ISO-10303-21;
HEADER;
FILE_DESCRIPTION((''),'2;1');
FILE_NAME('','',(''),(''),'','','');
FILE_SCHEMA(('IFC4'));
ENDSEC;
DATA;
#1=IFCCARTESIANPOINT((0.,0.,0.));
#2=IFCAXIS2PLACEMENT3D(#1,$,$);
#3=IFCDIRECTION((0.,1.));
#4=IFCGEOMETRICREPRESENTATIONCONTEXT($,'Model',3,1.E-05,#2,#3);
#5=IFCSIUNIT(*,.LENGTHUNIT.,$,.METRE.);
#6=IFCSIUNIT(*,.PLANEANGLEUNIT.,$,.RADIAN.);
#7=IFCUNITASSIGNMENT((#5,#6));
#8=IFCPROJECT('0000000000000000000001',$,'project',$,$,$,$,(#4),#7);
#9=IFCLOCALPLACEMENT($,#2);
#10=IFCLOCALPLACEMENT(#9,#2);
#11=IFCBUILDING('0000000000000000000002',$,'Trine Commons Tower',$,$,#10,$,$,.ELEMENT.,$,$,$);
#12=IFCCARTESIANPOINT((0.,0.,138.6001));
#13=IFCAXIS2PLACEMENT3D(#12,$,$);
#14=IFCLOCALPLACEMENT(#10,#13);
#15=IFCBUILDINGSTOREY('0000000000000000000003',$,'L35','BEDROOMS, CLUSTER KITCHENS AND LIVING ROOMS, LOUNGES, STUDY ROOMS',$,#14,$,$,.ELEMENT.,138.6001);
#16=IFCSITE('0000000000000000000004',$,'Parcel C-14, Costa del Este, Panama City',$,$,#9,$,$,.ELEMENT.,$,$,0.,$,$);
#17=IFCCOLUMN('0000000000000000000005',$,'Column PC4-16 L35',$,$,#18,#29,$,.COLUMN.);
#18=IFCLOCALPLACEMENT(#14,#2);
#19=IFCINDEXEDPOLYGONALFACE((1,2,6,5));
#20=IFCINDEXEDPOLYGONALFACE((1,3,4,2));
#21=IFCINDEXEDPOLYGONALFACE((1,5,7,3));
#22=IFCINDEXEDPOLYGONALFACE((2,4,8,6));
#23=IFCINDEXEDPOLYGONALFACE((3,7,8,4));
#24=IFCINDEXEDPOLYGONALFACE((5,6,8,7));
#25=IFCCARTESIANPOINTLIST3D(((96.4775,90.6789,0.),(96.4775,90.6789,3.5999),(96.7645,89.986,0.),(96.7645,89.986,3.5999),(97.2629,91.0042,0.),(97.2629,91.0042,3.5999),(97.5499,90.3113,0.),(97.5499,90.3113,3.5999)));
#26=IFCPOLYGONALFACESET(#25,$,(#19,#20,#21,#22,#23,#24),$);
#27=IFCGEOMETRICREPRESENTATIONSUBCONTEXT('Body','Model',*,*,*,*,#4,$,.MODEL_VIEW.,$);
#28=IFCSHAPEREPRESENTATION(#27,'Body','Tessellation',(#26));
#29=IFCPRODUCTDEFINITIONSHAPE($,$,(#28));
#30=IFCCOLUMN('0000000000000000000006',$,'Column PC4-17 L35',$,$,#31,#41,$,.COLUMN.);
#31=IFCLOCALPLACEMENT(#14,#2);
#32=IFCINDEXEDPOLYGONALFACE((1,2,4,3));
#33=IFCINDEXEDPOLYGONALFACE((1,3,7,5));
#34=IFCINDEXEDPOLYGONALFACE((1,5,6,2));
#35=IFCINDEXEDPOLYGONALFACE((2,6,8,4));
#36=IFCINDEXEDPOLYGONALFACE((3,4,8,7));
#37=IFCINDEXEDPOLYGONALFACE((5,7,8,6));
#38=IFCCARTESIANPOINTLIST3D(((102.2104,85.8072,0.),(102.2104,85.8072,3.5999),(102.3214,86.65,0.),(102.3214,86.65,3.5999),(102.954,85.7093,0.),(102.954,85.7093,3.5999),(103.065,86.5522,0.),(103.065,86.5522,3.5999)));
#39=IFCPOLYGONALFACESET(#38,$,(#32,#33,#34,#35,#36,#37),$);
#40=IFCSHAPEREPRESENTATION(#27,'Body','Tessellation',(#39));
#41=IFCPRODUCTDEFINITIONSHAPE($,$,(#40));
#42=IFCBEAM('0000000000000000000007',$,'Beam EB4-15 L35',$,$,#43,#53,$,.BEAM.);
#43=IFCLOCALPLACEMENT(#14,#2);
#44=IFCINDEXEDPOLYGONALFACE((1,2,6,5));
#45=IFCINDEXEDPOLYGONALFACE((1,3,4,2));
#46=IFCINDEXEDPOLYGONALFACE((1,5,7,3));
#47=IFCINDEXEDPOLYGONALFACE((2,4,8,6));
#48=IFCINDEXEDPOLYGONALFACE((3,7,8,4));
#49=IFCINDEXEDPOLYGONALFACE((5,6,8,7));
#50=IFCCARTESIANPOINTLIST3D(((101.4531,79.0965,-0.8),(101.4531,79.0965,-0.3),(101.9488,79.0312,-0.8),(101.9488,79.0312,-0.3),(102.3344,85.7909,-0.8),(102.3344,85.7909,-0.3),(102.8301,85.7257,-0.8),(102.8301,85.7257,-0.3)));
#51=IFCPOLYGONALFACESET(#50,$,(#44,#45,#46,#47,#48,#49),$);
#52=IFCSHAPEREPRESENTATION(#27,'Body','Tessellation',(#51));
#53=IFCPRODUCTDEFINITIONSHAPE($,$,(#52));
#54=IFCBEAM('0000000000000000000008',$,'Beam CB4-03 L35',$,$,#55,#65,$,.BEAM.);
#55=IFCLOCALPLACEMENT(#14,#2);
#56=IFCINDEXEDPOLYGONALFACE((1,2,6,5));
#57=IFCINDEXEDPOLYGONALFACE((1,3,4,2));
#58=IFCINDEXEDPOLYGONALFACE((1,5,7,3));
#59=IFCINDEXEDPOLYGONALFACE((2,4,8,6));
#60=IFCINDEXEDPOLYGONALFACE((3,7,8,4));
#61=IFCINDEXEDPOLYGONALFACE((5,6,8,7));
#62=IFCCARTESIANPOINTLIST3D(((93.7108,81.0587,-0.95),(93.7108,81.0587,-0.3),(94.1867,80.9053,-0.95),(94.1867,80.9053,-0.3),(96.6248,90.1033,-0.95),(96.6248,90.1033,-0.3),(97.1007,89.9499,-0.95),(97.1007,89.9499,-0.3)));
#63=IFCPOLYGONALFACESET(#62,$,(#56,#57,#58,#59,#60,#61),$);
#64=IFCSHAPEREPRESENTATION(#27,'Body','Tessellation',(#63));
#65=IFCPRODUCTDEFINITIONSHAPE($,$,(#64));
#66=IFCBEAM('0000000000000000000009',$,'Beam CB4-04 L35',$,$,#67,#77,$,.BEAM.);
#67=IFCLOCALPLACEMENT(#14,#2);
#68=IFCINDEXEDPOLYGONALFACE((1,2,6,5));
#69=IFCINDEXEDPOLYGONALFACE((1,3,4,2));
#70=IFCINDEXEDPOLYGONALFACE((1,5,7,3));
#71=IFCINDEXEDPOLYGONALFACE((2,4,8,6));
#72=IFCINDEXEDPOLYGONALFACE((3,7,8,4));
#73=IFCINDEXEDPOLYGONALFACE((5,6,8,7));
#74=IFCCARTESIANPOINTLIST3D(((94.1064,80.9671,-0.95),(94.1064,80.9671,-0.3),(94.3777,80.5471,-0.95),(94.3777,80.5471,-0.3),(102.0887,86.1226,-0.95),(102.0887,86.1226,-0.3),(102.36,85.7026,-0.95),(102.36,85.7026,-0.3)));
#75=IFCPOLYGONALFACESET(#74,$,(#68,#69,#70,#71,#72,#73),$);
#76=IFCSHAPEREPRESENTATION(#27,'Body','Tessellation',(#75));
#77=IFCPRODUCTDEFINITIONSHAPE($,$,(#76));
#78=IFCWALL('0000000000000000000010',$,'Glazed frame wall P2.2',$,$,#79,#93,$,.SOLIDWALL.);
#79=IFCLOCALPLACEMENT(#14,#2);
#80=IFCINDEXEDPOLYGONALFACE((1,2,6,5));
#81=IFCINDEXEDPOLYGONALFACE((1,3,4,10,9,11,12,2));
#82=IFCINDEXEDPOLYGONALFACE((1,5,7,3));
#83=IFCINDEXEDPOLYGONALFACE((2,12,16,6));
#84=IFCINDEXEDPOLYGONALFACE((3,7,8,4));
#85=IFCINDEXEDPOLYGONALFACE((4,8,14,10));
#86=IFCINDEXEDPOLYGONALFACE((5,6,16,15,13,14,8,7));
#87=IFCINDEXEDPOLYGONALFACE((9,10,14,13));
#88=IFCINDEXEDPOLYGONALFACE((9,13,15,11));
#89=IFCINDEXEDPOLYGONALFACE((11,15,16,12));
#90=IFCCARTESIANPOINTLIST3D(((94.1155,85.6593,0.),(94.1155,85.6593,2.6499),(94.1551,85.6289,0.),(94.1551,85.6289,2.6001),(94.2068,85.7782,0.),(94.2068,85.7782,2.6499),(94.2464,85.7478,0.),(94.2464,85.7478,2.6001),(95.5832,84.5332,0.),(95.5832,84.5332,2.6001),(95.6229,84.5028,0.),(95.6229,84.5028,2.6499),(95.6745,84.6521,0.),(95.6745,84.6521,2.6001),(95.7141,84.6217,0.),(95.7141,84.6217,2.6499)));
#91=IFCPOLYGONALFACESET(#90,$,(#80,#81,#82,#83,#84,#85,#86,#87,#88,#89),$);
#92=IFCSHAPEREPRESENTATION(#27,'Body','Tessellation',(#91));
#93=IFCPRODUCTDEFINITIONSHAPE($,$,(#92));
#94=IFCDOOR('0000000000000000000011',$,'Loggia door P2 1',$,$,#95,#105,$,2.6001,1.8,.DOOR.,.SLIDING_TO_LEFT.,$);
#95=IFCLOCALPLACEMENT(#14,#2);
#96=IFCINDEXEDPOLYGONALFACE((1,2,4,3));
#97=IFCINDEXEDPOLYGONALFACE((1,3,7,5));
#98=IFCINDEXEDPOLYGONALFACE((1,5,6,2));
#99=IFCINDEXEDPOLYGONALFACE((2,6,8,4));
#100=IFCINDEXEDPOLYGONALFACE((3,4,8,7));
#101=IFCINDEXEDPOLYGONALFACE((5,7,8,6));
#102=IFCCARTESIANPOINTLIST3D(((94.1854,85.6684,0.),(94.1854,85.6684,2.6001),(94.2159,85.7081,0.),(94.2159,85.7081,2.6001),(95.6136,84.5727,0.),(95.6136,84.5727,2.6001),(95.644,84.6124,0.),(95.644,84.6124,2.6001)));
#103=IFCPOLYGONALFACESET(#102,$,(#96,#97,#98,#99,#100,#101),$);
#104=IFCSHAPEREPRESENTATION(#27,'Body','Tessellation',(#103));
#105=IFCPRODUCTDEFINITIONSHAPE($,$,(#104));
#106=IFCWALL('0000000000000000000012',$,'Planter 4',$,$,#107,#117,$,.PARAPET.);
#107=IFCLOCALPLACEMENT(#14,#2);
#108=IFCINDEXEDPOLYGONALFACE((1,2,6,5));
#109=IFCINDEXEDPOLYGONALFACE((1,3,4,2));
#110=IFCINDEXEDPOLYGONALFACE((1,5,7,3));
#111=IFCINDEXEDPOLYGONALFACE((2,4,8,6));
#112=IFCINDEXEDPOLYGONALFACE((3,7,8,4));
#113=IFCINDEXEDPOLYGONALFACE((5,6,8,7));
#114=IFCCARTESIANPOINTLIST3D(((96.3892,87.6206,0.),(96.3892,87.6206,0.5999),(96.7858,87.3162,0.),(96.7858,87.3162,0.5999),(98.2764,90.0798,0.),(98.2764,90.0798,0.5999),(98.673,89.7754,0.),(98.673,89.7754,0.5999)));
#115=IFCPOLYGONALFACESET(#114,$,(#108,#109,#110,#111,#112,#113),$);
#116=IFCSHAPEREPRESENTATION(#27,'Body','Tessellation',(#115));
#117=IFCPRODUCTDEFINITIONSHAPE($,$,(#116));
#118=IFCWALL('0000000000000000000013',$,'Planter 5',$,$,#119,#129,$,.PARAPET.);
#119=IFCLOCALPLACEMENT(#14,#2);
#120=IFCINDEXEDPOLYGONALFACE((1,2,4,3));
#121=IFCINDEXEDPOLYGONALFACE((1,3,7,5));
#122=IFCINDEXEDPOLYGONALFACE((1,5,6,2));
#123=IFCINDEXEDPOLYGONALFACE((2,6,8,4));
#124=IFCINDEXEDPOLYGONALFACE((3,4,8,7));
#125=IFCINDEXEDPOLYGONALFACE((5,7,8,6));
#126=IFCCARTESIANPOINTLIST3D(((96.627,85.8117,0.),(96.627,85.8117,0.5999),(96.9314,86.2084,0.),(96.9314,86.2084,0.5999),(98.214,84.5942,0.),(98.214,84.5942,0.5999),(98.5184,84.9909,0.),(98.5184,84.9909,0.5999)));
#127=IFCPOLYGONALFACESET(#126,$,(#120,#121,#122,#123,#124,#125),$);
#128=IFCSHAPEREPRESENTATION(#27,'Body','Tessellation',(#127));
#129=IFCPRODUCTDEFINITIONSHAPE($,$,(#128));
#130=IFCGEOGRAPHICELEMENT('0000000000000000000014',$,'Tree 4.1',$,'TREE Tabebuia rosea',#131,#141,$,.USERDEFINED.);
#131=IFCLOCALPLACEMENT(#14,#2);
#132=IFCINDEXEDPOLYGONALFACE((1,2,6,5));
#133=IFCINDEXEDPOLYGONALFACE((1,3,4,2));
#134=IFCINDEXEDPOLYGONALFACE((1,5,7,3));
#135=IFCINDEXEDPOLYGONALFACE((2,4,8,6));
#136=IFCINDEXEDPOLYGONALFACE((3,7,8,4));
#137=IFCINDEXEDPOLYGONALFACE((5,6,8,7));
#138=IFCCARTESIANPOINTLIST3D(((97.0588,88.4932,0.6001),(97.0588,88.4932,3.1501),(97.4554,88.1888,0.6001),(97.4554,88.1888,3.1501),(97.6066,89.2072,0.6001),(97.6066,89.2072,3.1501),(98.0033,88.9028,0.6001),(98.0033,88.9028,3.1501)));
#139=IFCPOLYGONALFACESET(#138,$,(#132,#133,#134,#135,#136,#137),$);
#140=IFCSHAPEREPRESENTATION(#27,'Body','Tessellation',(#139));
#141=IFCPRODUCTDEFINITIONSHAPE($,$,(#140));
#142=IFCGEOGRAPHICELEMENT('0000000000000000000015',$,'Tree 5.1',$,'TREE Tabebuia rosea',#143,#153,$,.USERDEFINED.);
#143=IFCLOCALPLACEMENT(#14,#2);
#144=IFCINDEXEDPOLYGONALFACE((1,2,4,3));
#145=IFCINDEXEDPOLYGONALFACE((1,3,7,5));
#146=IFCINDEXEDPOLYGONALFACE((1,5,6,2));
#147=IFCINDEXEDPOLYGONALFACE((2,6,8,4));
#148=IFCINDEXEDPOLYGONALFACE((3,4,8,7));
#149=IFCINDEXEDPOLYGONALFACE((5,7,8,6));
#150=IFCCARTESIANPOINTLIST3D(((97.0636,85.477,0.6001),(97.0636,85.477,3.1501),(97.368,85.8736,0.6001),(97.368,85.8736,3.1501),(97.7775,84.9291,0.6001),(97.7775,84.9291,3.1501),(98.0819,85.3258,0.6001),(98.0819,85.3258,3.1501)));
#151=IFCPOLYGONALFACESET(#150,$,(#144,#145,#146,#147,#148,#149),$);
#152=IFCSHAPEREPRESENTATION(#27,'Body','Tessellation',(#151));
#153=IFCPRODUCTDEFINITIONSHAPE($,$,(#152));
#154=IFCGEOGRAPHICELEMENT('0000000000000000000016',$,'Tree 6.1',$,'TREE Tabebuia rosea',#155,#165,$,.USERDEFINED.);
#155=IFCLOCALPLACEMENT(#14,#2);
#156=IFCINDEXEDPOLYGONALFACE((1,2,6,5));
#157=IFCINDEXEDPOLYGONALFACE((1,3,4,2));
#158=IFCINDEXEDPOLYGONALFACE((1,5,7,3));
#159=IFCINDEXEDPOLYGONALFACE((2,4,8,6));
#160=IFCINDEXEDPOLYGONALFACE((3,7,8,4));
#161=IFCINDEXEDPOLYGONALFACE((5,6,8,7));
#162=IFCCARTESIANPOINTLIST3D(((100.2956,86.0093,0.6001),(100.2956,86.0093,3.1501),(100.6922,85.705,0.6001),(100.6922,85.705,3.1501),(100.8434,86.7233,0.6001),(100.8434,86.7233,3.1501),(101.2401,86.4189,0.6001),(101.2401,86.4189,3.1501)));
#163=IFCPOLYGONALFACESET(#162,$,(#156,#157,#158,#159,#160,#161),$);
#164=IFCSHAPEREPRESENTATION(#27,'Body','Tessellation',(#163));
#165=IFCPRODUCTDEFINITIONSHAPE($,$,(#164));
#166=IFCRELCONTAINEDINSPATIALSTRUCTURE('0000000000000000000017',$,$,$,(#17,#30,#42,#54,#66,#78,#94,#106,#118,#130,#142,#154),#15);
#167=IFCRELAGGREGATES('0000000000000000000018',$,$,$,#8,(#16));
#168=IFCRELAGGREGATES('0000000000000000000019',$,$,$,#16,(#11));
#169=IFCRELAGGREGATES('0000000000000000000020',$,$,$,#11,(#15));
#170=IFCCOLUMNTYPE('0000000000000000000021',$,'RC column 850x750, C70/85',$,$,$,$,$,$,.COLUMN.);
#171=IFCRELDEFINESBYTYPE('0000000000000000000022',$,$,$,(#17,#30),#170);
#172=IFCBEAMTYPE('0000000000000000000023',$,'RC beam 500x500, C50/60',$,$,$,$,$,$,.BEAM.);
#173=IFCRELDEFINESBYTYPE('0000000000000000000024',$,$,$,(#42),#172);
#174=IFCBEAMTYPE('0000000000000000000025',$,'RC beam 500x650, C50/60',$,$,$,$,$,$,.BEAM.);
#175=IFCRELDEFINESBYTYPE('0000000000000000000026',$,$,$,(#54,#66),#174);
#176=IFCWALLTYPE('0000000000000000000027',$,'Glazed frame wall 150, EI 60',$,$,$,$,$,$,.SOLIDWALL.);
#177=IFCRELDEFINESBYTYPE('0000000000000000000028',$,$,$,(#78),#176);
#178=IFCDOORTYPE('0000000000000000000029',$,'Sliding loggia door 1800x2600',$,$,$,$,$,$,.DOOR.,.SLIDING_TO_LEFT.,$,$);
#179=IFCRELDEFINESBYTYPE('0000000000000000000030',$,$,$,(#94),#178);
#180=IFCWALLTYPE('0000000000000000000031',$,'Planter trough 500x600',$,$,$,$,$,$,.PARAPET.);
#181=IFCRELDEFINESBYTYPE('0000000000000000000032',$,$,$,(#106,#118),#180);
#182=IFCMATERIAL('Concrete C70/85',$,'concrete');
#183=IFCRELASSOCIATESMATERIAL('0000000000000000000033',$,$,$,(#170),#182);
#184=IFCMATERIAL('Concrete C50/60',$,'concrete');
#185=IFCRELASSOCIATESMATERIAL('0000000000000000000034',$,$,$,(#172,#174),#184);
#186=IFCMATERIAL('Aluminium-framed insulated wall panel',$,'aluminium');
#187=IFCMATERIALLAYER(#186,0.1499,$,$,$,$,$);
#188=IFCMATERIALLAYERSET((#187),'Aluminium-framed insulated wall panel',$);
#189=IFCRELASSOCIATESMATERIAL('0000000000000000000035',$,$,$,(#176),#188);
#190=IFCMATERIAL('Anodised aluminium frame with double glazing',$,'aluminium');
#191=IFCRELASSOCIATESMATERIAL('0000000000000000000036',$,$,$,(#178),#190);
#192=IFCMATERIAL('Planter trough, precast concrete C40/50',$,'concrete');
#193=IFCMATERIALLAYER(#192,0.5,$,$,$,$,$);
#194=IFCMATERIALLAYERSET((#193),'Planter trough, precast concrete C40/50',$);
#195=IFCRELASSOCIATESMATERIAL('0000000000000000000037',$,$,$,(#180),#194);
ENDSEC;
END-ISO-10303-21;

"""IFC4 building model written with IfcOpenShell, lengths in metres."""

from ifc_helpers import new_model, si_unit, direction, frame, frame_2d, origin, origin_2d, place, context, subcontext, project, spatial, polyline, rectangle, outline, extrude, material, layer, layer_set, material_profile, profile_set, type_object, element, fill, save


model = new_model("IFC4")

# Units and contexts
model_context = context("Model", 3, precision=1e-05, world=origin(), true_north=direction((0.0, 1.0)))
body_context = subcontext(model_context, "Body", "Model", "MODEL_VIEW")
ifc_project = project(units=[si_unit("LENGTHUNIT", "METRE"), si_unit("PLANEANGLEUNIT", "RADIAN")], contexts=[model_context])

# Site, building, storey
site_placement = place(None, origin())
site = spatial("IfcSite", under=ifc_project, at=site_placement, Name="Parcel C-14, Costa del Este, Panama City", CompositionType="ELEMENT", RefElevation=0.0)
building_placement = place(site_placement, origin())
building = spatial("IfcBuilding", under=site, at=building_placement, Name="Trine Commons Tower", CompositionType="ELEMENT")
storey_placement = place(building_placement, frame((0.0, 0.0, 138.6001)))
storey = spatial("IfcBuildingStorey", under=building, at=storey_placement, Name="L35", Description="BEDROOMS, CLUSTER KITCHENS AND LIVING ROOMS, LOUNGES, STUDY ROOMS", CompositionType="ELEMENT", Elevation=138.6001)

# Columns
ifc_material_1 = material(Name="Concrete C70/85", Category="concrete")
ifc_material_profile_1 = material_profile(ifc_material_1, rectangle(XDim=0.8501, YDim=0.75, at=origin_2d()), Name="RC 850x750")
ifc_profile_set_1 = profile_set([ifc_material_profile_1], Name="Concrete C70/85")
column_type = type_object("IfcColumnType", Name="RC column 850x750, C70/85", PredefinedType="COLUMN", material=ifc_profile_set_1)
for number, where, z_axis, x_axis, name in (
    (1, (97.0137, 90.4951, 0.0), (0.0, 0.0, 1.0), (0.92388, 0.382683, 0.0), "Column PC4-16 L35"),
    (2, (102.6377, 86.1797, 0.0), (0.0, 0.0, 1.0), (0.130526, 0.991445, 0.0), "Column PC4-17 L35"),
):
    element("IfcColumn", number, at=place(storey_placement, frame(where, z_axis=z_axis, x_axis=x_axis)), inside=storey, type_object=column_type, Name=name, PredefinedType="COLUMN", context=body_context, shape_type="SweptSolid", body=[
        extrude(rectangle(XDim=0.8501, YDim=0.75, at=origin_2d()), origin(), (0.0, 0.0, 1.0), 3.5999),
    ])

# Beams
ifc_material_2 = material(Name="Concrete C50/60", Category="concrete")
ifc_material_profile_2 = material_profile(ifc_material_2, rectangle(XDim=0.5, YDim=0.5, at=origin_2d()), Name="RC 500x500")
ifc_profile_set_2 = profile_set([ifc_material_profile_2], Name="Concrete C50/60")
beam_type_1 = type_object("IfcBeamType", Name="RC beam 500x500, C50/60", PredefinedType="BEAM", material=ifc_profile_set_2)
beam_placement = place(storey_placement, frame((102.5823, 85.7583, -0.55), z_axis=(-0.130529, -0.991444, 0.0), x_axis=(0.991444, -0.130529, 0.0)))
element("IfcBeam", 3, at=beam_placement, inside=storey, type_object=beam_type_1, Name="Beam EB4-15 L35", PredefinedType="BEAM", context=body_context, shape_type="SweptSolid", body=[
    extrude(rectangle(XDim=0.5, YDim=0.5, at=origin_2d()), origin(), (0.0, 0.0, 1.0), 6.7522),
])
ifc_material_profile_3 = material_profile(ifc_material_2, rectangle(XDim=0.5, YDim=0.6499, at=origin_2d()), Name="RC 500x650")
ifc_profile_set_3 = profile_set([ifc_material_profile_3], Name="Concrete C50/60")
beam_type_2 = type_object("IfcBeamType", Name="RC beam 500x650, C50/60", PredefinedType="BEAM", material=ifc_profile_set_3)
for number, where, z_axis, x_axis, name in (
    (4, (96.8628, 90.0266, -0.625), (-0.306662, -0.951818, 0.0), (0.951818, -0.306662, 0.0), "Beam CB4-03 L35"),
    (5, (102.2244, 85.9126, -0.625), (-0.84003, -0.542541, 0.0), (0.542541, -0.84003, 0.0), "Beam CB4-04 L35"),
):
    element("IfcBeam", number, at=place(storey_placement, frame(where, z_axis=z_axis, x_axis=x_axis)), inside=storey, type_object=beam_type_2, Name=name, PredefinedType="BEAM", context=body_context, shape_type="SweptSolid", body=[
        extrude(rectangle(XDim=0.5, YDim=0.6499, at=origin_2d()), origin(), (0.0, 0.0, 1.0), 9.5024),
    ])

# Shared definitions
ifc_material_3 = material(Name="Aluminium-framed insulated wall panel", Category="aluminium")
ifc_layer_1 = layer(ifc_material_3, 0.1499)
ifc_layer_set_1 = layer_set([ifc_layer_1], Name="Aluminium-framed insulated wall panel")
wall_type_1 = type_object("IfcWallType", Name="Glazed frame wall 150, EI 60", PredefinedType="SOLIDWALL", material=ifc_layer_set_1)

# Wall, opening, door
wall_1_placement = place(storey_placement, frame((94.1611, 85.7188, 0.0), z_axis=(0.0, 0.0, 1.0), x_axis=(0.793383, -0.608723, 0.0)))
wall_1 = element("IfcWall", 6, at=wall_1_placement, inside=storey, type_object=wall_type_1, Name="Glazed frame wall P2.2", PredefinedType="SOLIDWALL", context=body_context, shape_type="SweptSolid", body=[
    extrude(outline(polyline([(0.0, -0.075), (1.8999, -0.075), (1.8999, 0.075), (0.0, 0.075), (0.0, -0.075)])), origin(), (0.0, 0.0, 1.0), 2.6499),
])
opening_placement = place(wall_1_placement, frame((0.05, 0.0, 0.0)))
opening = element("IfcOpeningElement", 7, at=opening_placement, cuts=wall_1, PredefinedType="OPENING", context=body_context, shape_type="SweptSolid", body=[
    extrude(rectangle(XDim=1.8, YDim=2.6001, at=frame_2d((0.8999, 1.3))), frame((0.0, 0.085, 0.0), z_axis=(0.0, -1.0, 0.0), x_axis=(1.0, 0.0, 0.0)), (0.0, 0.0, 1.0), 0.1699),
])
ifc_material_4 = material(Name="Anodised aluminium frame with double glazing", Category="aluminium")
door_type = type_object("IfcDoorType", Name="Sliding loggia door 1800x2600", OperationType="SLIDING_TO_LEFT", PredefinedType="DOOR", material=ifc_material_4)
door_placement = place(opening_placement, origin())
door = element("IfcDoor", 8, at=door_placement, inside=storey, type_object=door_type, Name="Loggia door P2 1", OperationType="SLIDING_TO_LEFT", OverallHeight=2.6001, OverallWidth=1.8, PredefinedType="DOOR", context=body_context, shape_type="SweptSolid", body=[
    extrude(rectangle(XDim=1.8, YDim=2.6001, at=frame_2d((0.8999, 1.3))), frame((0.0, 0.0249, 0.0), z_axis=(0.0, -1.0, 0.0), x_axis=(1.0, 0.0, 0.0)), (0.0, 0.0, 1.0), 0.05),
])
fill(opening, door)

# Walls
ifc_material_5 = material(Name="Planter trough, precast concrete C40/50", Category="concrete")
ifc_layer_2 = layer(ifc_material_5, 0.5)
ifc_layer_set_2 = layer_set([ifc_layer_2], Name="Planter trough, precast concrete C40/50")
wall_type_2 = type_object("IfcWallType", Name="Planter trough 500x600", PredefinedType="PARAPET", material=ifc_layer_set_2)
wall_2_placement = place(storey_placement, frame((98.4746, 89.9275, 0.0), z_axis=(0.0, 0.0, 1.0), x_axis=(-0.608797, -0.793326, 0.0)))
element("IfcWall", 9, at=wall_2_placement, inside=storey, type_object=wall_type_2, Name="Planter 4", PredefinedType="PARAPET", context=body_context, shape_type="SweptSolid", body=[
    extrude(rectangle(XDim=3.0999, YDim=0.5, at=frame_2d((1.5498, 0.0))), origin(), (0.0, 0.0, 1.0), 0.5999),
])
wall_3_placement = place(storey_placement, frame((96.7793, 86.01, 0.0), z_axis=(0.0, 0.0, 1.0), x_axis=(0.79339, -0.608713, 0.0)))
element("IfcWall", 10, at=wall_3_placement, inside=storey, type_object=wall_type_2, Name="Planter 5", PredefinedType="PARAPET", context=body_context, shape_type="SweptSolid", body=[
    extrude(rectangle(XDim=2.0002, YDim=0.5, at=frame_2d((1.0, 0.0))), origin(), (0.0, 0.0, 1.0), 0.5999),
])

# Geographic elements
for number, where, z_axis, x_axis, name in (
    (11, (97.531, 88.698, 0.6001), (0.0, 0.0, 1.0), (-0.608755, -0.793359, 0.0), "Tree 4.1"),
    (12, (97.5728, 85.4014, 0.6001), (0.0, 0.0, 1.0), (0.793335, -0.608785, 0.0), "Tree 5.1"),
    (13, (100.7678, 86.2141, 0.6001), (0.0, 0.0, 1.0), (0.608768, 0.793348, 0.0), "Tree 6.1"),
):
    element("IfcGeographicElement", number, at=place(storey_placement, frame(where, z_axis=z_axis, x_axis=x_axis)), inside=storey, Name=name, ObjectType="TREE Tabebuia rosea", PredefinedType="USERDEFINED", context=body_context, shape_type="SweptSolid", body=[
        extrude(rectangle(XDim=0.8999, YDim=0.5, at=origin_2d()), origin(), (0.0, 0.0, 1.0), 2.55),
    ])

save(model, "model.ifc")
